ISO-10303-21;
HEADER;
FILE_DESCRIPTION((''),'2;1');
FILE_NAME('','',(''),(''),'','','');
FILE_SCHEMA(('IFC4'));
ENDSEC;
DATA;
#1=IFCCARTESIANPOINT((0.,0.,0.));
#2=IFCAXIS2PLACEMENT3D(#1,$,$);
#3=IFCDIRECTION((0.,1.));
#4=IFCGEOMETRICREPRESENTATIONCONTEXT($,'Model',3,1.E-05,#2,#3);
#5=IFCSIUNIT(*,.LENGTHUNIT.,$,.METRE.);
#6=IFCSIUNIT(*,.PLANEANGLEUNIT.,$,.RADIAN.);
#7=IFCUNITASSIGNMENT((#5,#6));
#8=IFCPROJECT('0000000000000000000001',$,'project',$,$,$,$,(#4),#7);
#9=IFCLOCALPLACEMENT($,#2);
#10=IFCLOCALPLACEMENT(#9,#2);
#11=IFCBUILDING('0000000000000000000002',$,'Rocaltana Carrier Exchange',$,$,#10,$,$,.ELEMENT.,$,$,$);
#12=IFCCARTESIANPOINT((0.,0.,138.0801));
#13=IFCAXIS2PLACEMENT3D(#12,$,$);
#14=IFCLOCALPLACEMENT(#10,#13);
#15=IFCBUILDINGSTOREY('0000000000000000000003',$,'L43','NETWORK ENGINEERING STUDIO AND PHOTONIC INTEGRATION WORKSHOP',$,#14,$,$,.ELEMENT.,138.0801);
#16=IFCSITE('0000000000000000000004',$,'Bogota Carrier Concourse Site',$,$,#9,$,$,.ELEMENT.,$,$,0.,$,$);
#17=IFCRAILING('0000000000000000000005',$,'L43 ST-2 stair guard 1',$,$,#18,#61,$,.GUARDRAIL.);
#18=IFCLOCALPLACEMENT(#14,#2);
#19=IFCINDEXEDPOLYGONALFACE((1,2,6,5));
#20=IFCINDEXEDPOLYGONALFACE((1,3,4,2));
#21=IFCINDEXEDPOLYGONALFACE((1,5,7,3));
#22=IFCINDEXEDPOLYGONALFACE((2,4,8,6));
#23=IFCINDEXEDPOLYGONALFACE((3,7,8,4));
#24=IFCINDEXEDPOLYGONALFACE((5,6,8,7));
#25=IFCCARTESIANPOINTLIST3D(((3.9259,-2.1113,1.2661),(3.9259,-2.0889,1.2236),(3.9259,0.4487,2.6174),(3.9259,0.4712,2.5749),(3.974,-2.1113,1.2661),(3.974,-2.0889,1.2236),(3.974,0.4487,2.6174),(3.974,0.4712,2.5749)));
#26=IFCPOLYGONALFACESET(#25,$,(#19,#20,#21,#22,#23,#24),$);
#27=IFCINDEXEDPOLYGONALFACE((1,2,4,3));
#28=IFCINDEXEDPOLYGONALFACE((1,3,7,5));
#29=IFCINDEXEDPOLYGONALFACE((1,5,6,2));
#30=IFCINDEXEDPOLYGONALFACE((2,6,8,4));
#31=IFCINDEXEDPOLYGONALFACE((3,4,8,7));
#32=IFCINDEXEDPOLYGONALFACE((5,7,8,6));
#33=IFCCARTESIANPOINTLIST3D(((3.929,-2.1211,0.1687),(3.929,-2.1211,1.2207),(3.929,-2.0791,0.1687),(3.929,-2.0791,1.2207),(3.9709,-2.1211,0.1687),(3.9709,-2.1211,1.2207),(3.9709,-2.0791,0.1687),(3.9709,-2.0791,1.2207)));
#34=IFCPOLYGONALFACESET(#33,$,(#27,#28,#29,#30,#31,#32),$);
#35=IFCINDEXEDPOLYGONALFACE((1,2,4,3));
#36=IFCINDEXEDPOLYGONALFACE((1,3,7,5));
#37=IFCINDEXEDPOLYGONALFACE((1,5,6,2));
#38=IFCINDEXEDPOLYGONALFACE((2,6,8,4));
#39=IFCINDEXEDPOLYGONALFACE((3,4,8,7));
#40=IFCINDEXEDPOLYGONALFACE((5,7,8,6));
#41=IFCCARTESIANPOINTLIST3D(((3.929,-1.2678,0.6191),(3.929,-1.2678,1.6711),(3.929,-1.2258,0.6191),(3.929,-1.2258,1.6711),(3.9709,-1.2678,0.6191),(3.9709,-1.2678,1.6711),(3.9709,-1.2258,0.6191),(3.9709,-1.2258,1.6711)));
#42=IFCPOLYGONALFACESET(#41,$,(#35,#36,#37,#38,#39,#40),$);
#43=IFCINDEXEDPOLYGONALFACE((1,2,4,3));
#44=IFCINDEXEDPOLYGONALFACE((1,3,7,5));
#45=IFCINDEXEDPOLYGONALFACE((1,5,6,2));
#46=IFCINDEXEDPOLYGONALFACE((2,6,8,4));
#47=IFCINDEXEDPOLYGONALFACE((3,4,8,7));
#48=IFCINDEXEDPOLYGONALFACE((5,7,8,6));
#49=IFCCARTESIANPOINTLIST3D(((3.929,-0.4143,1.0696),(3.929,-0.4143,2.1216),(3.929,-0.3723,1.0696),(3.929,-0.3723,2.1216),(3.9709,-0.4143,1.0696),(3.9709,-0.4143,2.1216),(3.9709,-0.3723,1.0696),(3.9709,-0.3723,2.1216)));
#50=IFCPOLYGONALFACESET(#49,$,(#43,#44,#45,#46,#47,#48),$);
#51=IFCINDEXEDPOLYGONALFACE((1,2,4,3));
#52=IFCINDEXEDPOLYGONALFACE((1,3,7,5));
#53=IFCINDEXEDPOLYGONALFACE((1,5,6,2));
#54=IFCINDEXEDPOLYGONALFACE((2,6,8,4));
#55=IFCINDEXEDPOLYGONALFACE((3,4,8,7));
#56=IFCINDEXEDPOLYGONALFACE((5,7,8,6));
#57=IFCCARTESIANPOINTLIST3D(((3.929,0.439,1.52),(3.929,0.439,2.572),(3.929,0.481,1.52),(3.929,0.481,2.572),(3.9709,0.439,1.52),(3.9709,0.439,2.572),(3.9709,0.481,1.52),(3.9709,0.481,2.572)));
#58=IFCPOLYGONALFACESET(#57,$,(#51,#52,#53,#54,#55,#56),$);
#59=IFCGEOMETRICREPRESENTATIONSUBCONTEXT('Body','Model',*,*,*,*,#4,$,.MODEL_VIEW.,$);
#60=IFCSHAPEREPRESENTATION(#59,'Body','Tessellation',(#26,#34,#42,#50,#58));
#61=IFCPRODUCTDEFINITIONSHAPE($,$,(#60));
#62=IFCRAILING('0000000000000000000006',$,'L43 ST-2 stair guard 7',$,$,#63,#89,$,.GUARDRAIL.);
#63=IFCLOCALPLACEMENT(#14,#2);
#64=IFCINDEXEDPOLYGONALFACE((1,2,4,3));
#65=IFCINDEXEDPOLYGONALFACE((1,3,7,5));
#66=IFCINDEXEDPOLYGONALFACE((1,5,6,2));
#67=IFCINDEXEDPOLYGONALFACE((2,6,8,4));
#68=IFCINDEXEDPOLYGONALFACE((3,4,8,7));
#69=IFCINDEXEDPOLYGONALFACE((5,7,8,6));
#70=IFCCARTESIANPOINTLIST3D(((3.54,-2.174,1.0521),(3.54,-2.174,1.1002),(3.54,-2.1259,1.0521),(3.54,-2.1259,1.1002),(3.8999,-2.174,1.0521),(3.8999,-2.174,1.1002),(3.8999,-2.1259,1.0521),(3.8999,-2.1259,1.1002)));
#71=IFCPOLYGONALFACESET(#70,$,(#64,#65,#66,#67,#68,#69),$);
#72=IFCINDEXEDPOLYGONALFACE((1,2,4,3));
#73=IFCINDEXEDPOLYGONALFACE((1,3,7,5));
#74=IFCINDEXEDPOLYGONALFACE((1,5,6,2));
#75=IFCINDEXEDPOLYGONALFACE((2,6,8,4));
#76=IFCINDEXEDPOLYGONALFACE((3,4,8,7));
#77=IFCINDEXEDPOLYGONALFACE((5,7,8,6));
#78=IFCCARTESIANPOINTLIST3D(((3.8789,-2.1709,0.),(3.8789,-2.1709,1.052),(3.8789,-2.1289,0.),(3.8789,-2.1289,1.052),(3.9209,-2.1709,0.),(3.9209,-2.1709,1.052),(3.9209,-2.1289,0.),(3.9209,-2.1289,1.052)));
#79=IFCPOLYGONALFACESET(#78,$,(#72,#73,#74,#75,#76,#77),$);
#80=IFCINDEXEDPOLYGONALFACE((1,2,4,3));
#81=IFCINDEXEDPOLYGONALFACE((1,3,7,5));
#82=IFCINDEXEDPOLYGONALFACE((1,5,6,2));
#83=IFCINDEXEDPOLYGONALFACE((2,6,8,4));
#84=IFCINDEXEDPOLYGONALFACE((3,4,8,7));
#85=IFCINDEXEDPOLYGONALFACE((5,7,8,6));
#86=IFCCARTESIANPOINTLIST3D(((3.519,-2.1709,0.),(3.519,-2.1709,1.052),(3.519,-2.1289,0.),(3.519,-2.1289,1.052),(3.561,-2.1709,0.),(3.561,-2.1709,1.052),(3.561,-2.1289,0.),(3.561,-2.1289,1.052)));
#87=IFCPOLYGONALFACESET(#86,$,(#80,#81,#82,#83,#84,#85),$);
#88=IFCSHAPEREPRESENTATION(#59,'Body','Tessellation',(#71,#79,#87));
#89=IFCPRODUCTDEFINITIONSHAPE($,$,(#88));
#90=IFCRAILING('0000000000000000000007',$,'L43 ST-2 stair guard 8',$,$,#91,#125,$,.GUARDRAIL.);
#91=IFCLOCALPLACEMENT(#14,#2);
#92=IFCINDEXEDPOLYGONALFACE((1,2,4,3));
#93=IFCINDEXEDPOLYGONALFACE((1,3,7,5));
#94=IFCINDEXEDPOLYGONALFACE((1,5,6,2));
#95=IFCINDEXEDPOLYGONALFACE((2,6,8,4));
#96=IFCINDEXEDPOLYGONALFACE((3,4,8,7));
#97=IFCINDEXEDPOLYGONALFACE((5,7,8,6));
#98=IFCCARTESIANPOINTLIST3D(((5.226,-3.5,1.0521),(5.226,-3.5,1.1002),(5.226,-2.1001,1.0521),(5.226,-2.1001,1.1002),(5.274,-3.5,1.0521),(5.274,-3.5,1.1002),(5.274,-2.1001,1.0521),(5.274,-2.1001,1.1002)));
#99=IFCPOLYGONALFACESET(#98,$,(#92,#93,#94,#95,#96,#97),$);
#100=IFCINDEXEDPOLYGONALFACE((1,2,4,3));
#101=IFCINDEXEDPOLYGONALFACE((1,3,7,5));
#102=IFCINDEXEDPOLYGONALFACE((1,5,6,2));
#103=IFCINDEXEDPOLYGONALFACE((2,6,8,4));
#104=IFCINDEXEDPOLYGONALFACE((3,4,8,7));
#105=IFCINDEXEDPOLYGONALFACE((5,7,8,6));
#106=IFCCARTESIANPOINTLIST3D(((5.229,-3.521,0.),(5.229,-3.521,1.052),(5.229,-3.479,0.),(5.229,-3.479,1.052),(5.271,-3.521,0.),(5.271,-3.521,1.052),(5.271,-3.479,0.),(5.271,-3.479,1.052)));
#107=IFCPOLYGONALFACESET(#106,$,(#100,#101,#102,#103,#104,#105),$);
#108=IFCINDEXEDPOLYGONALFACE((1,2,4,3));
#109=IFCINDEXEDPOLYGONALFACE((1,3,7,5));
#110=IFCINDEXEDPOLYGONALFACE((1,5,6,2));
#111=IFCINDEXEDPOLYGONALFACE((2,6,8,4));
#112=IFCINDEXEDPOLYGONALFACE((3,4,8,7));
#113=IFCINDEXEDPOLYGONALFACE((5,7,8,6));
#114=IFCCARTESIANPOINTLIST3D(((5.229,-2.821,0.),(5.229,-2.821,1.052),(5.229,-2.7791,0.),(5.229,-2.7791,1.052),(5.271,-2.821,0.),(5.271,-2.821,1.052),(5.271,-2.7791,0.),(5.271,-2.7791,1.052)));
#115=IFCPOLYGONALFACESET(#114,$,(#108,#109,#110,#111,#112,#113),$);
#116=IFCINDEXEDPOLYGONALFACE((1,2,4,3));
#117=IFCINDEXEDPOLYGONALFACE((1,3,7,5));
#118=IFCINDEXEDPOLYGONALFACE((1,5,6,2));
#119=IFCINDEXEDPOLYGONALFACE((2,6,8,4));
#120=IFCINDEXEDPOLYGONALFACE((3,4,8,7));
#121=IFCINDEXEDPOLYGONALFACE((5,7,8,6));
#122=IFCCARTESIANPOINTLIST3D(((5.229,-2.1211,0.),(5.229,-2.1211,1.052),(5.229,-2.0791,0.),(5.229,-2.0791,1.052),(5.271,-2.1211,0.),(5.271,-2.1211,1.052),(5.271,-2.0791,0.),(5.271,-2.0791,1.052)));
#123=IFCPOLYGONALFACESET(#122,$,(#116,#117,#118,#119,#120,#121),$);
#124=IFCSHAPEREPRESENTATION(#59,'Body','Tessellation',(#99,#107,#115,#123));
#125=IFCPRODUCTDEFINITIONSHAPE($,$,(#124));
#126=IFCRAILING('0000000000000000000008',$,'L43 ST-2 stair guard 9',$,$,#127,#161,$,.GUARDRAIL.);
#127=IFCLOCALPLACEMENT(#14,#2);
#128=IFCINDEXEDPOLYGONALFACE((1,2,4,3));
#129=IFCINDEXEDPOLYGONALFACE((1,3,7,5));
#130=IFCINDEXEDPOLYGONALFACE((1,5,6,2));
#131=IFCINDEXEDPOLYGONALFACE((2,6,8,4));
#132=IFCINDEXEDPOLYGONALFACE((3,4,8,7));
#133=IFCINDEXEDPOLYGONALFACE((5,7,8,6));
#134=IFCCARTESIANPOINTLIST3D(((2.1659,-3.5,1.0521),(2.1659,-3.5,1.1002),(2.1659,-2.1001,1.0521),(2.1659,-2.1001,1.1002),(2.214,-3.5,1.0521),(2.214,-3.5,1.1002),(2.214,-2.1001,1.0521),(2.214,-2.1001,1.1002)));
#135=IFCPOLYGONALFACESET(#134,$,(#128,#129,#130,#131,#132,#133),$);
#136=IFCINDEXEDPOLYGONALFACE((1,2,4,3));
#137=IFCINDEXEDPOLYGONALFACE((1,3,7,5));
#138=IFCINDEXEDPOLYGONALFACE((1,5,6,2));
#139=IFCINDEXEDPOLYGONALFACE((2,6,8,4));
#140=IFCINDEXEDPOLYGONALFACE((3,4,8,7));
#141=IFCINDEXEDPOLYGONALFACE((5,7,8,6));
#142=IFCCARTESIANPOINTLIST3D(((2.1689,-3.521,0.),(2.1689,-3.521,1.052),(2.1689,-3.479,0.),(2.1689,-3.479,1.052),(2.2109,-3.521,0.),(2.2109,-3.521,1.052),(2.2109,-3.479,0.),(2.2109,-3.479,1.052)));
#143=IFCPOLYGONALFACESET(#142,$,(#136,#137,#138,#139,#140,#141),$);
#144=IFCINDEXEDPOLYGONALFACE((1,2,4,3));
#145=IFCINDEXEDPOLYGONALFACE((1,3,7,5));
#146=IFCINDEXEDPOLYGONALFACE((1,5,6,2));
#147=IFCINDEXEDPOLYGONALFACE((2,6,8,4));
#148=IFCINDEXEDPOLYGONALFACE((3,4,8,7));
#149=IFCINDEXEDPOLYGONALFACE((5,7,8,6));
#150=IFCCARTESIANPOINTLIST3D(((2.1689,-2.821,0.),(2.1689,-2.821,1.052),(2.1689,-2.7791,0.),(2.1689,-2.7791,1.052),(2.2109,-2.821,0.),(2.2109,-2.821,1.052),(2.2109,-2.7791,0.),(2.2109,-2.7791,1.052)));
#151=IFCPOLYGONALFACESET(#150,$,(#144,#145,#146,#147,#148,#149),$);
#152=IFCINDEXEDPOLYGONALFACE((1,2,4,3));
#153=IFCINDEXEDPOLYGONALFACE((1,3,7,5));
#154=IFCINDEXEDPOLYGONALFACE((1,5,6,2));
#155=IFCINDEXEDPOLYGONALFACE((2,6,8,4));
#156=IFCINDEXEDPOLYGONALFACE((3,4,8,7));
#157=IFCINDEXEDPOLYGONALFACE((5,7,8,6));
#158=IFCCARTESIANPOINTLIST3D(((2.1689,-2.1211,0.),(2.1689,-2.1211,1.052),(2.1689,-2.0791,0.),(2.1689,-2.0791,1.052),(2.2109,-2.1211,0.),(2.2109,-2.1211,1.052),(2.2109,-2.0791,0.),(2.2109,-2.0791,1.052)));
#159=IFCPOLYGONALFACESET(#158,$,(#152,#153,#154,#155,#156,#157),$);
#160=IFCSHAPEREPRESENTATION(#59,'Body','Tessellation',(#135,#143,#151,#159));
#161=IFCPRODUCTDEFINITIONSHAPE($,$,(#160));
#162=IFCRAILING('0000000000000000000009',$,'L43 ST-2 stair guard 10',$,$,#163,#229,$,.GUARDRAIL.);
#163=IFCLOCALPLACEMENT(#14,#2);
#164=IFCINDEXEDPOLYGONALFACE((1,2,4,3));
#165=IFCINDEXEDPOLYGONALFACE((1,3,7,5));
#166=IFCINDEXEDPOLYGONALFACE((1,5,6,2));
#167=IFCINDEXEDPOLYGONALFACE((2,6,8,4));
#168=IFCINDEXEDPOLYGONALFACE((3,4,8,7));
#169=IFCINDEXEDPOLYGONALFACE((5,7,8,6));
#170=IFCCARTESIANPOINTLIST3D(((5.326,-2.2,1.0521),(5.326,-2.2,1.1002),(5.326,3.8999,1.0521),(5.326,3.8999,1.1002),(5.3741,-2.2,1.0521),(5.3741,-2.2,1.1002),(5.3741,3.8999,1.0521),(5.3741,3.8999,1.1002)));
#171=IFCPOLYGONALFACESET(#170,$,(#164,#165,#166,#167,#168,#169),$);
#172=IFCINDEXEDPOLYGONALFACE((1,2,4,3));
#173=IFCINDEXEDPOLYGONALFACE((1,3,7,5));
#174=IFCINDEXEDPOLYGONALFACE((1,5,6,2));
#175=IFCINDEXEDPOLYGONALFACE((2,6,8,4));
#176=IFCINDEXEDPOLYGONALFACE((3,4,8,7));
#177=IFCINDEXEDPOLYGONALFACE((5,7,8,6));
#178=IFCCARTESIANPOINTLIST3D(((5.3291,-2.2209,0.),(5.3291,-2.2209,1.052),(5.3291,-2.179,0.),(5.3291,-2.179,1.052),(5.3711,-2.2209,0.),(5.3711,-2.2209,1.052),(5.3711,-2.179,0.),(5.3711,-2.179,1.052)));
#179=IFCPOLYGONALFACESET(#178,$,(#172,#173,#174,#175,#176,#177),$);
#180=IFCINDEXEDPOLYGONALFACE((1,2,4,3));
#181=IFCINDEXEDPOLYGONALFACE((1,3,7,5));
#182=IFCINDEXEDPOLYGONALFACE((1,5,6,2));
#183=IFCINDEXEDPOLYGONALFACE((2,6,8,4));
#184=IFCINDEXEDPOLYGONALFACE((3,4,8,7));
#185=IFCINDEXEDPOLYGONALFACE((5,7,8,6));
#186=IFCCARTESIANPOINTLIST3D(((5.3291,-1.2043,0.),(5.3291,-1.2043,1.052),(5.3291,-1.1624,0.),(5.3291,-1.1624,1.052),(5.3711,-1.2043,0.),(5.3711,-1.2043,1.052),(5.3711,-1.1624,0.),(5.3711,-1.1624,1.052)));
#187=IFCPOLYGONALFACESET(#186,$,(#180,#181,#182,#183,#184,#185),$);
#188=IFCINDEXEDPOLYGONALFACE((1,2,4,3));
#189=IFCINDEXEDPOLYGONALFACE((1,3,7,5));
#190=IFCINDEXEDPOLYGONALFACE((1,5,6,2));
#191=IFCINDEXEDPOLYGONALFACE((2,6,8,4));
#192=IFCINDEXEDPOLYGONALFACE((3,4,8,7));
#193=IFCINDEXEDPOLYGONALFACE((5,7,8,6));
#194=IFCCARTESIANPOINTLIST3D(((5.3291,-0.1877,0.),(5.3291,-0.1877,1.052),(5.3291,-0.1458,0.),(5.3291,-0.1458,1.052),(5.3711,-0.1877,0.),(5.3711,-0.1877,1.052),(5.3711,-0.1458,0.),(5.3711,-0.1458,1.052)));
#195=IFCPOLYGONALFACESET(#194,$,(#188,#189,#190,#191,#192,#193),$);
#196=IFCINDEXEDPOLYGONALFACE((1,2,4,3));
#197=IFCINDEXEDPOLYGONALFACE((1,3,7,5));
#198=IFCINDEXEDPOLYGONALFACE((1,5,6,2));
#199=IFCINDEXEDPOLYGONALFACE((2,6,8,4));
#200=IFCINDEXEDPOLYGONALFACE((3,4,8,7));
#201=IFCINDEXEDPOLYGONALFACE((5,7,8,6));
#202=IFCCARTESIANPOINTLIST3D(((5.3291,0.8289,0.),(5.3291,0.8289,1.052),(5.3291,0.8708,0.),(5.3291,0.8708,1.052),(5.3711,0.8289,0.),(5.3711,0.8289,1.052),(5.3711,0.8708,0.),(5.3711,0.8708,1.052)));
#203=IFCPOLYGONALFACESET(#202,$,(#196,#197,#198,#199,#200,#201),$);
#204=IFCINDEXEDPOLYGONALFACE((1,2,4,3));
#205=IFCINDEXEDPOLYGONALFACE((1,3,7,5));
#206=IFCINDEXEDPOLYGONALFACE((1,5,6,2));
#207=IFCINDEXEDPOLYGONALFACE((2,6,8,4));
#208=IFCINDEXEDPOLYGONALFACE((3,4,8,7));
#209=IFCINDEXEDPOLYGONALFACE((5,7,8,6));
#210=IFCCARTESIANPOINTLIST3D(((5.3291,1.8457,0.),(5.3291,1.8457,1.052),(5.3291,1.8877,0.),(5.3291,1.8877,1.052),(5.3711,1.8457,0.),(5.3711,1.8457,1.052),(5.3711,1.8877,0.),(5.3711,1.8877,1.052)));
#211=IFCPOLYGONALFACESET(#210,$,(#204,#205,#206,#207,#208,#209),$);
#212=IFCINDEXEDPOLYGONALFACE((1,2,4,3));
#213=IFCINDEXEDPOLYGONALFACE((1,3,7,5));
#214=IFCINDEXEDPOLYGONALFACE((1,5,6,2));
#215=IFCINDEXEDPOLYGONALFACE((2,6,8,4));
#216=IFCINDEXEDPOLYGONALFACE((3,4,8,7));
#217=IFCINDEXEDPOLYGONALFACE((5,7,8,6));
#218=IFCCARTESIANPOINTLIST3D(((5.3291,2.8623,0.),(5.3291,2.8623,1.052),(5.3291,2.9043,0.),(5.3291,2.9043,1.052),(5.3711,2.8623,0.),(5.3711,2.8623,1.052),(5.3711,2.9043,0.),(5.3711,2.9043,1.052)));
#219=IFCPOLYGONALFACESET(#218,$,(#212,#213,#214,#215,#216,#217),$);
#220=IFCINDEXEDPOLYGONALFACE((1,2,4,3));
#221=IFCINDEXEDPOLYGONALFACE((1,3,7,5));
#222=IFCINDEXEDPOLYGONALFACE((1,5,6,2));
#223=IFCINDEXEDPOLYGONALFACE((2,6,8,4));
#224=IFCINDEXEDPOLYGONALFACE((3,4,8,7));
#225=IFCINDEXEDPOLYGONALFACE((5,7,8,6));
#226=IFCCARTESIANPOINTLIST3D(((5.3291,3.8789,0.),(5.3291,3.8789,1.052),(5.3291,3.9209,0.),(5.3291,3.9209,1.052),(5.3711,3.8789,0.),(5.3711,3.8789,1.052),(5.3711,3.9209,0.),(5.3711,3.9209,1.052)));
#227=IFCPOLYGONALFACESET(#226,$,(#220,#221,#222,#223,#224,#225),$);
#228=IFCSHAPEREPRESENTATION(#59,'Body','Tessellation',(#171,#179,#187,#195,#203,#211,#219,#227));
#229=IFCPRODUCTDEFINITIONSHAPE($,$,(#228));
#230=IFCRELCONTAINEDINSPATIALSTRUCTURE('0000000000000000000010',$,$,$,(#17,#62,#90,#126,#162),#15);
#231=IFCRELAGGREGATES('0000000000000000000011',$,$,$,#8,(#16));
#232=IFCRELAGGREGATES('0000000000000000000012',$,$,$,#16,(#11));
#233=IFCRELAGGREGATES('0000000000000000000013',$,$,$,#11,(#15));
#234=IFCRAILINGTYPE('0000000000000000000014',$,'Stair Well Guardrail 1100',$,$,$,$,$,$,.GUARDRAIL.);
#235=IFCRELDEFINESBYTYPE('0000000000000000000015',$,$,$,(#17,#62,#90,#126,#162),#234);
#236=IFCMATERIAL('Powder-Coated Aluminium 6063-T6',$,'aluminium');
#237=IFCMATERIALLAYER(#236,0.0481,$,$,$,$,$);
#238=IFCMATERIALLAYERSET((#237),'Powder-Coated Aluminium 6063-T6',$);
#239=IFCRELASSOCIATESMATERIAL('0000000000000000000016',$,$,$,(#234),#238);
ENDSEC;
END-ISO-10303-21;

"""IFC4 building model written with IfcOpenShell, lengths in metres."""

from ifc_helpers import new_model, si_unit, direction, frame, origin, origin_2d, place, context, subcontext, project, spatial, rectangle, extrude, material, layer, layer_set, type_object, element, save


model = new_model("IFC4")

# Units and contexts
model_context = context("Model", 3, precision=1e-05, world=origin(), true_north=direction((0.0, 1.0)))
body_context = subcontext(model_context, "Body", "Model", "MODEL_VIEW")
ifc_project = project(units=[si_unit("LENGTHUNIT", "METRE"), si_unit("PLANEANGLEUNIT", "RADIAN")], contexts=[model_context])

# Site, building, storey
site_placement = place(None, origin())
site = spatial("IfcSite", under=ifc_project, at=site_placement, Name="Bogota Carrier Concourse Site", CompositionType="ELEMENT", RefElevation=0.0)
building_placement = place(site_placement, origin())
building = spatial("IfcBuilding", under=site, at=building_placement, Name="Rocaltana Carrier Exchange", CompositionType="ELEMENT")
storey_placement = place(building_placement, frame((0.0, 0.0, 138.0801)))
storey = spatial("IfcBuildingStorey", under=building, at=storey_placement, Name="L43", Description="NETWORK ENGINEERING STUDIO AND PHOTONIC INTEGRATION WORKSHOP", CompositionType="ELEMENT", Elevation=138.0801)

# Railings
ifc_material_1 = material(Name="Powder-Coated Aluminium 6063-T6", Category="aluminium")
ifc_layer_1 = layer(ifc_material_1, 0.0481)
ifc_layer_set_1 = layer_set([ifc_layer_1], Name="Powder-Coated Aluminium 6063-T6")
railing_type_1 = type_object("IfcRailingType", Name="Stair Well Guardrail 1100", PredefinedType="GUARDRAIL", material=ifc_layer_set_1)
railing_1_placement = place(storey_placement, frame((3.95, -2.1001, 0.1687)))
element("IfcRailing", 1, at=railing_1_placement, inside=storey, type_object=railing_type_1, Name="L43 ST-2 stair guard 1", PredefinedType="GUARDRAIL", context=body_context, shape_type="SweptSolid", body=[
    extrude(rectangle(XDim=0.0481, YDim=0.0481, at=origin_2d()), frame((0.0, 0.0, 1.0762), z_axis=(0.0, 0.88436, 0.466806), x_axis=(-1.0, 0.0, 0.0)), (0.0, 0.0, 1.0), 2.8948),
    extrude(rectangle(XDim=0.042, YDim=0.042, at=origin_2d()), origin(), (0.0, 0.0, 1.0), 1.052),
    extrude(rectangle(XDim=0.042, YDim=0.042, at=origin_2d()), frame((0.0, 0.8533, 0.4504)), (0.0, 0.0, 1.0), 1.052),
    extrude(rectangle(XDim=0.042, YDim=0.042, at=origin_2d()), frame((0.0, 1.7068, 0.9009)), (0.0, 0.0, 1.0), 1.052),
    extrude(rectangle(XDim=0.042, YDim=0.042, at=origin_2d()), frame((0.0, 2.5601, 1.3513)), (0.0, 0.0, 1.0), 1.052),
])
railing_2_placement = place(storey_placement, frame((3.8999, -2.1499, 0.0)))
element("IfcRailing", 2, at=railing_2_placement, inside=storey, type_object=railing_type_1, Name="L43 ST-2 stair guard 7", PredefinedType="GUARDRAIL", context=body_context, shape_type="SweptSolid", body=[
    extrude(rectangle(XDim=0.0481, YDim=0.0481, at=origin_2d()), frame((0.0, 0.0, 1.0762), z_axis=(-1.0, 0.0, 0.0), x_axis=(0.0, -1.0, 0.0)), (0.0, 0.0, 1.0), 0.3599),
    extrude(rectangle(XDim=0.042, YDim=0.042, at=origin_2d()), origin(), (0.0, 0.0, 1.0), 1.052),
    extrude(rectangle(XDim=0.042, YDim=0.042, at=origin_2d()), frame((-0.3599, 0.0, 0.0)), (0.0, 0.0, 1.0), 1.052),
])
for number, where, name in (
    (3, (5.25, -3.5, 0.0), "L43 ST-2 stair guard 8"),
    (4, (2.1899, -3.5, 0.0), "L43 ST-2 stair guard 9"),
):
    element("IfcRailing", number, at=place(storey_placement, frame(where)), inside=storey, type_object=railing_type_1, Name=name, PredefinedType="GUARDRAIL", context=body_context, shape_type="SweptSolid", body=[
        extrude(rectangle(XDim=0.0481, YDim=0.0481, at=origin_2d()), frame((0.0, 0.0, 1.0762), z_axis=(0.0, 1.0, 0.0), x_axis=(-1.0, 0.0, 0.0)), (0.0, 0.0, 1.0), 1.3999),
        extrude(rectangle(XDim=0.042, YDim=0.042, at=origin_2d()), origin(), (0.0, 0.0, 1.0), 1.052),
        extrude(rectangle(XDim=0.042, YDim=0.042, at=origin_2d()), frame((0.0, 0.7, 0.0)), (0.0, 0.0, 1.0), 1.052),
        extrude(rectangle(XDim=0.042, YDim=0.042, at=origin_2d()), frame((0.0, 1.3999, 0.0)), (0.0, 0.0, 1.0), 1.052),
    ])
for number, where, name in (
    (5, (5.3501, -2.2, 0.0), "L43 ST-2 stair guard 10"),
):
    element("IfcRailing", number, at=place(storey_placement, frame(where)), inside=storey, type_object=railing_type_1, Name=name, PredefinedType="GUARDRAIL", context=body_context, shape_type="SweptSolid", body=[
        extrude(rectangle(XDim=0.0481, YDim=0.0481, at=origin_2d()), frame((0.0, 0.0, 1.0762), z_axis=(0.0, 1.0, 0.0), x_axis=(-1.0, 0.0, 0.0)), (0.0, 0.0, 1.0), 6.0999),
        extrude(rectangle(XDim=0.042, YDim=0.042, at=origin_2d()), origin(), (0.0, 0.0, 1.0), 1.052),
        extrude(rectangle(XDim=0.042, YDim=0.042, at=origin_2d()), frame((0.0, 1.0166, 0.0)), (0.0, 0.0, 1.0), 1.052),
        extrude(rectangle(XDim=0.042, YDim=0.042, at=origin_2d()), frame((0.0, 2.0332, 0.0)), (0.0, 0.0, 1.0), 1.052),
        extrude(rectangle(XDim=0.042, YDim=0.042, at=origin_2d()), frame((0.0, 3.0498, 0.0)), (0.0, 0.0, 1.0), 1.052),
        extrude(rectangle(XDim=0.042, YDim=0.042, at=origin_2d()), frame((0.0, 4.0667, 0.0)), (0.0, 0.0, 1.0), 1.052),
        extrude(rectangle(XDim=0.042, YDim=0.042, at=origin_2d()), frame((0.0, 5.0833, 0.0)), (0.0, 0.0, 1.0), 1.052),
        extrude(rectangle(XDim=0.042, YDim=0.042, at=origin_2d()), frame((0.0, 6.0999, 0.0)), (0.0, 0.0, 1.0), 1.052),
    ])

save(model, "model.ifc")
